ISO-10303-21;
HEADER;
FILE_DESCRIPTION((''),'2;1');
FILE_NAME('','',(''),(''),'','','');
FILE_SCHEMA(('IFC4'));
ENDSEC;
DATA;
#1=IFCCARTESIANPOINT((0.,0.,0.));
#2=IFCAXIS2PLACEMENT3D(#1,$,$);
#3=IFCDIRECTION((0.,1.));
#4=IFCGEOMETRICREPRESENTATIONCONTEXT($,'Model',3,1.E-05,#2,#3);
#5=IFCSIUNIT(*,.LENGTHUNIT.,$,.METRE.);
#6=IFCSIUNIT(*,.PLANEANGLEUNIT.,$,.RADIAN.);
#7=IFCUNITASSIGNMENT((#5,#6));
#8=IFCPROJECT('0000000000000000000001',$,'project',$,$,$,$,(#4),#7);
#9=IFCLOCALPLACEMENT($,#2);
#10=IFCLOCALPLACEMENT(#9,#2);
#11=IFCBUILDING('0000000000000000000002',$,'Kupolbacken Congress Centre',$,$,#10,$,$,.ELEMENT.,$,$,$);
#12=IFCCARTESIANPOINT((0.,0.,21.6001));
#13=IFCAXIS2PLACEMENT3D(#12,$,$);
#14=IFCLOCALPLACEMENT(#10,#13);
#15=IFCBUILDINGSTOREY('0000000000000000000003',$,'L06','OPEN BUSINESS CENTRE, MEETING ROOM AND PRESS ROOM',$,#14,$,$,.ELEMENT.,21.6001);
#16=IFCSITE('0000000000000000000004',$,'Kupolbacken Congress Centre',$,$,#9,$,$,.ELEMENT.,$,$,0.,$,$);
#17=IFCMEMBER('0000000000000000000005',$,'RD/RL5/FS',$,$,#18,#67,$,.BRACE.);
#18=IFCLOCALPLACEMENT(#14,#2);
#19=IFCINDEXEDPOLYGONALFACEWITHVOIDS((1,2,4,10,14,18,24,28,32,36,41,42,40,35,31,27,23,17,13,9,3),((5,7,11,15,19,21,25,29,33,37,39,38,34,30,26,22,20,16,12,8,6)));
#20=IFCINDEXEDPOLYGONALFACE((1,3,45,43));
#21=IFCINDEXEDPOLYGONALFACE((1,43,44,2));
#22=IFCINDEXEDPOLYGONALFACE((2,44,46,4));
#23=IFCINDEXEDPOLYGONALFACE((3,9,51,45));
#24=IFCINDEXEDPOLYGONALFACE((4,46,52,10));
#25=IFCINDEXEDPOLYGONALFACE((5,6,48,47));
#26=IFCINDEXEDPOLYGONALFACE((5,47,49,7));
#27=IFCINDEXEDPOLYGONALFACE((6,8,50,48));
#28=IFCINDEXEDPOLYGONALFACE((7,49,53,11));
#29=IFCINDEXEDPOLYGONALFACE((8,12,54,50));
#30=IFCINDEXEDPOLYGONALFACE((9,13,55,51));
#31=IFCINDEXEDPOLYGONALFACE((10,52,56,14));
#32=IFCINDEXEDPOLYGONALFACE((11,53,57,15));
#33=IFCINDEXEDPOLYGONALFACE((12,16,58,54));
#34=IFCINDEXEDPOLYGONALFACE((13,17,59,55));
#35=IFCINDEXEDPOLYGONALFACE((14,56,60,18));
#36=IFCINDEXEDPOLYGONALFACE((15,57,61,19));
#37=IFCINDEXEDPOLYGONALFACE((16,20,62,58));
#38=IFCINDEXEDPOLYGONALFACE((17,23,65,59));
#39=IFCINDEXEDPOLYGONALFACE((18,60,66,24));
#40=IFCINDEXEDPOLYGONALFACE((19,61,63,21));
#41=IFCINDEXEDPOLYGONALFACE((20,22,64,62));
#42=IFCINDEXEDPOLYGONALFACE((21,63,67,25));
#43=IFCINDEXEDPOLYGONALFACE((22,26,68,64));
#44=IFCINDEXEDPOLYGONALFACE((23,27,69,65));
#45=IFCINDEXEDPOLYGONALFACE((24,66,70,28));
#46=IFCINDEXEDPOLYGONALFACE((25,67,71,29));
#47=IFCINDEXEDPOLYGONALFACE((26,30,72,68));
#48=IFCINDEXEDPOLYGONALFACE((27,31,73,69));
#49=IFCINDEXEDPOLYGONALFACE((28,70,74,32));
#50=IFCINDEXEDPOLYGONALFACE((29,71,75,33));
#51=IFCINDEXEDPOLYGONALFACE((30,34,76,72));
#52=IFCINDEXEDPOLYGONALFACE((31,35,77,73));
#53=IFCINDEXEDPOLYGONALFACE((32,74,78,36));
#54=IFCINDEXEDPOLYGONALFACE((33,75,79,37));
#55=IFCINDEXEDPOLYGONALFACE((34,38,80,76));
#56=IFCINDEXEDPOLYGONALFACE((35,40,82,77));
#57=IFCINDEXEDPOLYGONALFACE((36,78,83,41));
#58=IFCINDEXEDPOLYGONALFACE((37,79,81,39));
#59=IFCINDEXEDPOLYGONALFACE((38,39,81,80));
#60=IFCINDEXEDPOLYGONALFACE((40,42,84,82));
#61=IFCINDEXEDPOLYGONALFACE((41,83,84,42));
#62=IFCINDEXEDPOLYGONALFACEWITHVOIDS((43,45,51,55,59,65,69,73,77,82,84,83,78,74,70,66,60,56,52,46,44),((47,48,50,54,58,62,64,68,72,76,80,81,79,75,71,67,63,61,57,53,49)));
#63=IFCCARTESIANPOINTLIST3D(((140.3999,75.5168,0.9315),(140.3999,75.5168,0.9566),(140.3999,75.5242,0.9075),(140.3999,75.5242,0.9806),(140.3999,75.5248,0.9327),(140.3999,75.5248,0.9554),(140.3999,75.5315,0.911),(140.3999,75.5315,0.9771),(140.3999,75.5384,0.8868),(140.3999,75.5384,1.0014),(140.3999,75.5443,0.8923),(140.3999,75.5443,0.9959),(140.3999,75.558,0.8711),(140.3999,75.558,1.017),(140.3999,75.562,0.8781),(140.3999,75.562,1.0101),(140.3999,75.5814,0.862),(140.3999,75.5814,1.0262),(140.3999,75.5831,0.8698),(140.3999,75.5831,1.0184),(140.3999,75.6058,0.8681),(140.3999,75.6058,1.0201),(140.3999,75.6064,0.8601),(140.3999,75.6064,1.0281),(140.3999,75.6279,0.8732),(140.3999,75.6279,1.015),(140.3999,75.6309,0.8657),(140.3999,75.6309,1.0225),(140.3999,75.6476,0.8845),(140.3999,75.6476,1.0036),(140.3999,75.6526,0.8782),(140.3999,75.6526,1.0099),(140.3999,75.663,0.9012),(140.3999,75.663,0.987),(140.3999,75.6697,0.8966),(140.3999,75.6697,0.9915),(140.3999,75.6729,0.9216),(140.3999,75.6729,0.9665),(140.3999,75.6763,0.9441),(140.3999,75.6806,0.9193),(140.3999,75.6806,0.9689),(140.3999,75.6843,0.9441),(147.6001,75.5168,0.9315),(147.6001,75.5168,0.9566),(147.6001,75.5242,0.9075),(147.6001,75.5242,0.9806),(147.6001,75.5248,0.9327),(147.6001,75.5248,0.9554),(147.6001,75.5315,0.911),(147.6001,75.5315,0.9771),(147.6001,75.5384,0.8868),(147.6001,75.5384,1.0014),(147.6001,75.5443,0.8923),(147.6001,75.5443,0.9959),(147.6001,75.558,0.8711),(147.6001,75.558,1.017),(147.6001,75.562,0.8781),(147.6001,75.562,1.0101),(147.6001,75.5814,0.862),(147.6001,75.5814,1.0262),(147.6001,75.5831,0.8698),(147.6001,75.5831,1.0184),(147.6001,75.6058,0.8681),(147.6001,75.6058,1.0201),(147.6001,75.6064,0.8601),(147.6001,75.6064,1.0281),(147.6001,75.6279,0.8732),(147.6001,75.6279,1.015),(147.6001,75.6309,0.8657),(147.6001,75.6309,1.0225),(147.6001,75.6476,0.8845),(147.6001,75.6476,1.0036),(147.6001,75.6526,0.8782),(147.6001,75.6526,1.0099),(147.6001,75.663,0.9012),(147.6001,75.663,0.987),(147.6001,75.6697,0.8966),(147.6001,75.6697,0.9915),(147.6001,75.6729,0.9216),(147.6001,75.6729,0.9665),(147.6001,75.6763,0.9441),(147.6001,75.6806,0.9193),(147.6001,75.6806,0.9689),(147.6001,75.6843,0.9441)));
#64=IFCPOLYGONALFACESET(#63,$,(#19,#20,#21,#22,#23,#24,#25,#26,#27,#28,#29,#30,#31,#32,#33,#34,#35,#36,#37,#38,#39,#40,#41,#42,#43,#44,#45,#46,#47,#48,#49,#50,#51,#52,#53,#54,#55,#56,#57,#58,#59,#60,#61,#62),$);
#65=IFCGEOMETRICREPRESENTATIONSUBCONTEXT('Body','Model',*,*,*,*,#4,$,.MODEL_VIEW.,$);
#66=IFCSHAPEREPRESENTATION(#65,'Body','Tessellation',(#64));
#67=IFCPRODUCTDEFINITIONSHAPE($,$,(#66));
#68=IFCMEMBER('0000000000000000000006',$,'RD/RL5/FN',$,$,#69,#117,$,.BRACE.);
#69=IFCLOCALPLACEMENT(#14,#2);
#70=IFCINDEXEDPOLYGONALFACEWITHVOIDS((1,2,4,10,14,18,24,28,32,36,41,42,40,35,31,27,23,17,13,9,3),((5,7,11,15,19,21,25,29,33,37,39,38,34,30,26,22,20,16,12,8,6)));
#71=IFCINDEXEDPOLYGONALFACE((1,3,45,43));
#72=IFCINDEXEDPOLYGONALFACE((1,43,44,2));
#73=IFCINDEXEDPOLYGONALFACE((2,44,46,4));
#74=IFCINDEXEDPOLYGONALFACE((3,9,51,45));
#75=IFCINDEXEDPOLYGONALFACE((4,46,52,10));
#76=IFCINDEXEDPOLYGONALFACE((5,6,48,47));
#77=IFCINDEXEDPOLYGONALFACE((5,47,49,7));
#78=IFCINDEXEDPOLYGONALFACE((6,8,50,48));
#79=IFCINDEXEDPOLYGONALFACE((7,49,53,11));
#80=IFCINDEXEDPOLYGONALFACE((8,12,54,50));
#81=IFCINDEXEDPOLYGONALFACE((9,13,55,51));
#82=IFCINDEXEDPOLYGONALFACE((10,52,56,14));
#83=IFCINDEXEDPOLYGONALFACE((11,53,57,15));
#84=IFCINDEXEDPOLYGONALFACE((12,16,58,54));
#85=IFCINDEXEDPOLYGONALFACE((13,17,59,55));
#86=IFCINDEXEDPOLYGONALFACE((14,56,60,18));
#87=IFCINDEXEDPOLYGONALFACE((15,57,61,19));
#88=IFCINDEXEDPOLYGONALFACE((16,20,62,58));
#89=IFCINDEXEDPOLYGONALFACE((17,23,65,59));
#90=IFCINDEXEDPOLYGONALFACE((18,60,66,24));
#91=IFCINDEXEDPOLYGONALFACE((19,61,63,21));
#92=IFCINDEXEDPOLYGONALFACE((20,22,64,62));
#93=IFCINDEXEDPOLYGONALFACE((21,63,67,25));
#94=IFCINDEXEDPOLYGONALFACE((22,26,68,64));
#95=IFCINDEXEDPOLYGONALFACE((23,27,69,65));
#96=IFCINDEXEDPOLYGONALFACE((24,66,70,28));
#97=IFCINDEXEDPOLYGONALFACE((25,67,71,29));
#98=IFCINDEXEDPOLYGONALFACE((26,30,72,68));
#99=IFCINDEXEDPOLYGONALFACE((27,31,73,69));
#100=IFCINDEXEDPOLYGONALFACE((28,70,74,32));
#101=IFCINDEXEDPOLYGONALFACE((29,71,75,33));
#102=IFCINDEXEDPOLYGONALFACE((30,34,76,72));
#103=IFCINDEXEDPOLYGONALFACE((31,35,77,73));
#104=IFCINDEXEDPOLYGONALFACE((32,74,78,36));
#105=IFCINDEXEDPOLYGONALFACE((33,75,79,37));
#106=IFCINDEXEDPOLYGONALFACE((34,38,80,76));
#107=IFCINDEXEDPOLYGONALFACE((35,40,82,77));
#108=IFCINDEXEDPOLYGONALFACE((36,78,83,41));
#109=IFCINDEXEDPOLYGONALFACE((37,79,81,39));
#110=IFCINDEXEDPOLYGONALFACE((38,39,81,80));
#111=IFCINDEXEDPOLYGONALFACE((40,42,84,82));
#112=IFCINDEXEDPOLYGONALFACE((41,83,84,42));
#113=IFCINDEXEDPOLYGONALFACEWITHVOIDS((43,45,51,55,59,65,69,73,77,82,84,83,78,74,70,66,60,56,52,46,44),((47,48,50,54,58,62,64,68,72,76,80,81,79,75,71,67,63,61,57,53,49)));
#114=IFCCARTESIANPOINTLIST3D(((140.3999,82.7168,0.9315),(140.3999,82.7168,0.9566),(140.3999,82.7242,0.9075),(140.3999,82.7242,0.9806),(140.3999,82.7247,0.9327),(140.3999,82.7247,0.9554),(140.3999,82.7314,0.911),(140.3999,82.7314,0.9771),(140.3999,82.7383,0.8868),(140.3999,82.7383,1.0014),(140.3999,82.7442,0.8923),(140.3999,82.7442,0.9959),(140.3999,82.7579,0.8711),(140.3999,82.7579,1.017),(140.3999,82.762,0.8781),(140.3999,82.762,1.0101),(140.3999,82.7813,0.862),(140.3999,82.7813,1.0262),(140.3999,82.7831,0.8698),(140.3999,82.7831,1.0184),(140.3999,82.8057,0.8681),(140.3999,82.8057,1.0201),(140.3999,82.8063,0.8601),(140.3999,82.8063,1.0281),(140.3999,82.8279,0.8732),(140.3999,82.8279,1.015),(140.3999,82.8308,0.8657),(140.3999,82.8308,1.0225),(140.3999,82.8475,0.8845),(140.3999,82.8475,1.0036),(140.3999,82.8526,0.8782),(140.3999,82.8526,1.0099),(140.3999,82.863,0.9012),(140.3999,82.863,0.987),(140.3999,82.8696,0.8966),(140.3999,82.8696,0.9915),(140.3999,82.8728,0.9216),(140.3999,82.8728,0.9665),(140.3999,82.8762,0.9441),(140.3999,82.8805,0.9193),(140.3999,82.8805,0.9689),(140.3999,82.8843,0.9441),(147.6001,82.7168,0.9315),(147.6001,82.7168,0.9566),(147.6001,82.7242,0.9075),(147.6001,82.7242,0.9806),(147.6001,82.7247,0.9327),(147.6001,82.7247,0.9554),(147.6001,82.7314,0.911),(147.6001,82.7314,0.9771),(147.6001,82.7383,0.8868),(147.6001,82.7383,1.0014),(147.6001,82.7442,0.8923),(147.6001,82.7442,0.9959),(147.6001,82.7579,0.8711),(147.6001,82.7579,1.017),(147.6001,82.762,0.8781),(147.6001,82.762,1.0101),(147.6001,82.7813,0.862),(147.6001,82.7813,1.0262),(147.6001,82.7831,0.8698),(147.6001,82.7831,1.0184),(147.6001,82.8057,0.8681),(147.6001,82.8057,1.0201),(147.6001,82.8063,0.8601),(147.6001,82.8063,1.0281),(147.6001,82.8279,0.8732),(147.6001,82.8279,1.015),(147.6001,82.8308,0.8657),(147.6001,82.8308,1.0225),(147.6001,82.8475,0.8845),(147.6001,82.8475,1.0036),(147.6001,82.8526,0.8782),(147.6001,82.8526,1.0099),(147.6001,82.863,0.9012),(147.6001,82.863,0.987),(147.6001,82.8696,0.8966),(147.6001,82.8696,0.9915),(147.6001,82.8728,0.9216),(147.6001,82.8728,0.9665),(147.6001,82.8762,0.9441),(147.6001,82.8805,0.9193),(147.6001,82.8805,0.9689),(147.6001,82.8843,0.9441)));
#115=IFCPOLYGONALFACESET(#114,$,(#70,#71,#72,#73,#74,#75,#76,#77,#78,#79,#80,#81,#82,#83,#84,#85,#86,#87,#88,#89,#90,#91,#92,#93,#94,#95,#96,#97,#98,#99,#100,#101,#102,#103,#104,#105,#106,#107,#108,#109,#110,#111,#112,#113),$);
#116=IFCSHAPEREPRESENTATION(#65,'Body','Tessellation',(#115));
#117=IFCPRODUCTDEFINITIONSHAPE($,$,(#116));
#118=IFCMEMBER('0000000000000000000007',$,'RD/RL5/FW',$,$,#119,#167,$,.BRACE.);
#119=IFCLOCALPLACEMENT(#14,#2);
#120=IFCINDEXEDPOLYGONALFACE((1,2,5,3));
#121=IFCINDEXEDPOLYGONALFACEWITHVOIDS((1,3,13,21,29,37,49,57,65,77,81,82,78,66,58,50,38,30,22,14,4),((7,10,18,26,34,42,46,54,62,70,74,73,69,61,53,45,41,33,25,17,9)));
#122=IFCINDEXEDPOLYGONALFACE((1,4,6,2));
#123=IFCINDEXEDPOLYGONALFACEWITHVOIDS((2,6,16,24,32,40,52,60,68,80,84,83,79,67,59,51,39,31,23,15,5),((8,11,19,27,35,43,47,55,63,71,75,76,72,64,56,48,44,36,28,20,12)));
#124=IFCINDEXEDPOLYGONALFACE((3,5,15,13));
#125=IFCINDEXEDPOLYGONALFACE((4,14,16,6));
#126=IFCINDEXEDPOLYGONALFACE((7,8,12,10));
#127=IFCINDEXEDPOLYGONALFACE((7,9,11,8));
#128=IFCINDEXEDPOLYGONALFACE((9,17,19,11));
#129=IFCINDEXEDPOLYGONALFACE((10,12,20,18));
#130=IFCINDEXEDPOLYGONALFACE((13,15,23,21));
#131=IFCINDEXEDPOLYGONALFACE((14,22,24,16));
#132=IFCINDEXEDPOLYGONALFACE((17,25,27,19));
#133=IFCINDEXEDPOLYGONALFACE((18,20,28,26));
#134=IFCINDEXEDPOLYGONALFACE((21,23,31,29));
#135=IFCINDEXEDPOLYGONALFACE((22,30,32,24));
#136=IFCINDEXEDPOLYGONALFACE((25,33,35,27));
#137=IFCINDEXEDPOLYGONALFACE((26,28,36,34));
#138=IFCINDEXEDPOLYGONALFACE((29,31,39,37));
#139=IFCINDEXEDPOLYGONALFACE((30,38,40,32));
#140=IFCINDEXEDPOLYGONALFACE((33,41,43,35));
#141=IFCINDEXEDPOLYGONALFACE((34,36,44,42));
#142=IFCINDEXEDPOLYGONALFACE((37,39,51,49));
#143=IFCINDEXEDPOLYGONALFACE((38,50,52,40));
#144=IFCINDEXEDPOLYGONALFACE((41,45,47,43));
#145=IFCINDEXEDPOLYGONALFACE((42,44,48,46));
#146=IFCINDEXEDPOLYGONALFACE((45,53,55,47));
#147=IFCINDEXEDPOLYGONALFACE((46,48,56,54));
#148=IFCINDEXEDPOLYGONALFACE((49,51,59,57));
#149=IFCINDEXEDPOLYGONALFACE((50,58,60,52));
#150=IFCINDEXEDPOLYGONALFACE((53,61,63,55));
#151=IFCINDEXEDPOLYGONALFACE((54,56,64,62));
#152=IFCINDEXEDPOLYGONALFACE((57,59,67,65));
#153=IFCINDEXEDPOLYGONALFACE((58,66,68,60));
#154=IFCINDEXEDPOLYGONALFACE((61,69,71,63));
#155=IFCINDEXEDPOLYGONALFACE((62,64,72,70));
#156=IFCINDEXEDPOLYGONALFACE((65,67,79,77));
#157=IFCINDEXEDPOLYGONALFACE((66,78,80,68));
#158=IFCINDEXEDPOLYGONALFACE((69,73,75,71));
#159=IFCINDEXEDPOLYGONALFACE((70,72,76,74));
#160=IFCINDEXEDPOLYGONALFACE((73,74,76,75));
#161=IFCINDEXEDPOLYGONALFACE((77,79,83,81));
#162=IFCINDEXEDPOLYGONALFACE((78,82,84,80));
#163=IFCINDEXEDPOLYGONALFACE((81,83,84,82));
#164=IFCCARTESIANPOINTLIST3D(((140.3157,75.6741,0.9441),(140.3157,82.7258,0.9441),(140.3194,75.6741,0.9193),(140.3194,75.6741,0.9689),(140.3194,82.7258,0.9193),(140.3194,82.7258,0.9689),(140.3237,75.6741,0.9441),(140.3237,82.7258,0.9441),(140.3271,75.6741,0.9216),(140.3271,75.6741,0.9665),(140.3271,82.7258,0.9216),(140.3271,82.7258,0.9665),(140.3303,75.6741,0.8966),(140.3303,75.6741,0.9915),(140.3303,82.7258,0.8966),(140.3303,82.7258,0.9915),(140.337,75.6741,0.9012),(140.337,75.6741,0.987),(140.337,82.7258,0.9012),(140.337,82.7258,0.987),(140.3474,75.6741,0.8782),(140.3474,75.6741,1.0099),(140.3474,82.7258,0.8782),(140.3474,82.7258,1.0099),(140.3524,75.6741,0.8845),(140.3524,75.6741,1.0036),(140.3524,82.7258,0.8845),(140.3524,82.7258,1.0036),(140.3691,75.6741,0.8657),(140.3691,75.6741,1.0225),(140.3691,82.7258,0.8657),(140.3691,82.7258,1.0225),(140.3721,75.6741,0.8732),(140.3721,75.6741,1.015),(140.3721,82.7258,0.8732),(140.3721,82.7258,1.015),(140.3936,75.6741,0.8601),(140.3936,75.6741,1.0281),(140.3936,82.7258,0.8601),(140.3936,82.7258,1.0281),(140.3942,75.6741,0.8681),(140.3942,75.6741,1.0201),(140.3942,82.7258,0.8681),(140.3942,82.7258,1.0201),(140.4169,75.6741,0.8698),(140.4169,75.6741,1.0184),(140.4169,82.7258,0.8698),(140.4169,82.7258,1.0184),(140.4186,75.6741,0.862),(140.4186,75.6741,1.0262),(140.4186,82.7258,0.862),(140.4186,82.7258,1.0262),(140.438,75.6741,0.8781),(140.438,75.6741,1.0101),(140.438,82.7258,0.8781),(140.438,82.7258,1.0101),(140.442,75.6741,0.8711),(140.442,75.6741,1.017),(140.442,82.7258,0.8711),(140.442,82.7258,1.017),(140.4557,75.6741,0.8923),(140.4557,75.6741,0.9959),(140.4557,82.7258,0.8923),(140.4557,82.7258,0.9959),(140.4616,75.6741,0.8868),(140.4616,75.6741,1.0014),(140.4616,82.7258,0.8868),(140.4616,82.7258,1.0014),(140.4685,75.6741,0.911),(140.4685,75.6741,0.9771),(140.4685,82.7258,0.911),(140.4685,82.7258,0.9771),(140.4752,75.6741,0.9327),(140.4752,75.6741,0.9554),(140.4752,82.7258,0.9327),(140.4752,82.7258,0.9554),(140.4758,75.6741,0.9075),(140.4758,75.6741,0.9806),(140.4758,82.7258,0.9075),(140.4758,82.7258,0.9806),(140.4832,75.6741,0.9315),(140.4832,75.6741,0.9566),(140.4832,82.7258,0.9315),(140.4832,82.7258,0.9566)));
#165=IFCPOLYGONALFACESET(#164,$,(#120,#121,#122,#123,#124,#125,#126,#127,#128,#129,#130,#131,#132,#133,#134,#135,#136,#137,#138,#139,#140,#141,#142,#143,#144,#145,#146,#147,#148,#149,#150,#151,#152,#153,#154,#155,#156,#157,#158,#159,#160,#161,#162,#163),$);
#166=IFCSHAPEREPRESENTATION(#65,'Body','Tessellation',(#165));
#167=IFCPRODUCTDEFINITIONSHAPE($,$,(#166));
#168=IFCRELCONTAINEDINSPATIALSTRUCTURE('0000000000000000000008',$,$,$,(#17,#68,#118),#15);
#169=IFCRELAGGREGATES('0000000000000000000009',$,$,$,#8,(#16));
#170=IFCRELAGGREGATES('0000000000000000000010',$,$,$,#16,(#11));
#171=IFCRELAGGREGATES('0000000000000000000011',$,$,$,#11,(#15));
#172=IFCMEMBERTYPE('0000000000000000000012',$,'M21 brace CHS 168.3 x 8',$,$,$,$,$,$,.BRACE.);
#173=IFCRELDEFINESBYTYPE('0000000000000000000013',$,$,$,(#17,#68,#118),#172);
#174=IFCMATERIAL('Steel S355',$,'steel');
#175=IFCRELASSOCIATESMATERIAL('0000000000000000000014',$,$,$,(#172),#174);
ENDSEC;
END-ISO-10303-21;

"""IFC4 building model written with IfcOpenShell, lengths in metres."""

from ifc_helpers import new_model, si_unit, direction, frame, origin, origin_2d, place, context, subcontext, project, spatial, hollow_circle, extrude, material, material_profile, profile_set, type_object, element, save


model = new_model("IFC4")

# Units and contexts
model_context = context("Model", 3, precision=1e-05, world=origin(), true_north=direction((0.0, 1.0)))
body_context = subcontext(model_context, "Body", "Model", "MODEL_VIEW")
ifc_project = project(units=[si_unit("LENGTHUNIT", "METRE"), si_unit("PLANEANGLEUNIT", "RADIAN")], contexts=[model_context])

# Site, building, storey
site_placement = place(None, origin())
site = spatial("IfcSite", under=ifc_project, at=site_placement, Name="Kupolbacken Congress Centre", CompositionType="ELEMENT", RefElevation=0.0)
building_placement = place(site_placement, origin())
building = spatial("IfcBuilding", under=site, at=building_placement, Name="Kupolbacken Congress Centre", CompositionType="ELEMENT")
storey_placement = place(building_placement, frame((0.0, 0.0, 21.6001)))
storey = spatial("IfcBuildingStorey", under=building, at=storey_placement, Name="L06", Description="OPEN BUSINESS CENTRE, MEETING ROOM AND PRESS ROOM", CompositionType="ELEMENT", Elevation=21.6001)

# Members
ifc_material_1 = material(Name="Steel S355", Category="steel")
ifc_material_profile_1 = material_profile(ifc_material_1, hollow_circle(Radius=0.0842, WallThickness=0.0081, at=origin_2d()), Name="CHS 168.3 x 8")
ifc_profile_set_1 = profile_set([ifc_material_profile_1], Name="Steel S355")
member_type_1 = type_object("IfcMemberType", Name="M21 brace CHS 168.3 x 8", PredefinedType="BRACE", material=ifc_profile_set_1)
for number, where, z_axis, x_axis, name in (
    (1, (140.3999, 75.6001, 0.9441), (1.0, 0.0, 0.0), (0.0, 1.0, 0.0), "RD/RL5/FS"),
    (2, (140.3999, 82.8, 0.9441), (1.0, 0.0, 0.0), (0.0, 1.0, 0.0), "RD/RL5/FN"),
):
    element("IfcMember", number, at=place(storey_placement, frame(where, z_axis=z_axis, x_axis=x_axis)), inside=storey, type_object=member_type_1, Name=name, PredefinedType="BRACE", context=body_context, shape_type="SweptSolid", body=[
        extrude(hollow_circle(Radius=0.0842, WallThickness=0.0081, at=origin_2d()), origin(), (0.0, 0.0, 1.0), 7.2002),
    ])
for number, where, z_axis, x_axis, name in (
    (3, (140.3999, 75.6741, 0.9441), (0.0, 1.0, 0.0), (-1.0, 0.0, 0.0), "RD/RL5/FW"),
):
    element("IfcMember", number, at=place(storey_placement, frame(where, z_axis=z_axis, x_axis=x_axis)), inside=storey, type_object=member_type_1, Name=name, PredefinedType="BRACE", context=body_context, shape_type="SweptSolid", body=[
        extrude(hollow_circle(Radius=0.0842, WallThickness=0.0081, at=origin_2d()), origin(), (0.0, 0.0, 1.0), 7.0518),
    ])

save(model, "model.ifc")
